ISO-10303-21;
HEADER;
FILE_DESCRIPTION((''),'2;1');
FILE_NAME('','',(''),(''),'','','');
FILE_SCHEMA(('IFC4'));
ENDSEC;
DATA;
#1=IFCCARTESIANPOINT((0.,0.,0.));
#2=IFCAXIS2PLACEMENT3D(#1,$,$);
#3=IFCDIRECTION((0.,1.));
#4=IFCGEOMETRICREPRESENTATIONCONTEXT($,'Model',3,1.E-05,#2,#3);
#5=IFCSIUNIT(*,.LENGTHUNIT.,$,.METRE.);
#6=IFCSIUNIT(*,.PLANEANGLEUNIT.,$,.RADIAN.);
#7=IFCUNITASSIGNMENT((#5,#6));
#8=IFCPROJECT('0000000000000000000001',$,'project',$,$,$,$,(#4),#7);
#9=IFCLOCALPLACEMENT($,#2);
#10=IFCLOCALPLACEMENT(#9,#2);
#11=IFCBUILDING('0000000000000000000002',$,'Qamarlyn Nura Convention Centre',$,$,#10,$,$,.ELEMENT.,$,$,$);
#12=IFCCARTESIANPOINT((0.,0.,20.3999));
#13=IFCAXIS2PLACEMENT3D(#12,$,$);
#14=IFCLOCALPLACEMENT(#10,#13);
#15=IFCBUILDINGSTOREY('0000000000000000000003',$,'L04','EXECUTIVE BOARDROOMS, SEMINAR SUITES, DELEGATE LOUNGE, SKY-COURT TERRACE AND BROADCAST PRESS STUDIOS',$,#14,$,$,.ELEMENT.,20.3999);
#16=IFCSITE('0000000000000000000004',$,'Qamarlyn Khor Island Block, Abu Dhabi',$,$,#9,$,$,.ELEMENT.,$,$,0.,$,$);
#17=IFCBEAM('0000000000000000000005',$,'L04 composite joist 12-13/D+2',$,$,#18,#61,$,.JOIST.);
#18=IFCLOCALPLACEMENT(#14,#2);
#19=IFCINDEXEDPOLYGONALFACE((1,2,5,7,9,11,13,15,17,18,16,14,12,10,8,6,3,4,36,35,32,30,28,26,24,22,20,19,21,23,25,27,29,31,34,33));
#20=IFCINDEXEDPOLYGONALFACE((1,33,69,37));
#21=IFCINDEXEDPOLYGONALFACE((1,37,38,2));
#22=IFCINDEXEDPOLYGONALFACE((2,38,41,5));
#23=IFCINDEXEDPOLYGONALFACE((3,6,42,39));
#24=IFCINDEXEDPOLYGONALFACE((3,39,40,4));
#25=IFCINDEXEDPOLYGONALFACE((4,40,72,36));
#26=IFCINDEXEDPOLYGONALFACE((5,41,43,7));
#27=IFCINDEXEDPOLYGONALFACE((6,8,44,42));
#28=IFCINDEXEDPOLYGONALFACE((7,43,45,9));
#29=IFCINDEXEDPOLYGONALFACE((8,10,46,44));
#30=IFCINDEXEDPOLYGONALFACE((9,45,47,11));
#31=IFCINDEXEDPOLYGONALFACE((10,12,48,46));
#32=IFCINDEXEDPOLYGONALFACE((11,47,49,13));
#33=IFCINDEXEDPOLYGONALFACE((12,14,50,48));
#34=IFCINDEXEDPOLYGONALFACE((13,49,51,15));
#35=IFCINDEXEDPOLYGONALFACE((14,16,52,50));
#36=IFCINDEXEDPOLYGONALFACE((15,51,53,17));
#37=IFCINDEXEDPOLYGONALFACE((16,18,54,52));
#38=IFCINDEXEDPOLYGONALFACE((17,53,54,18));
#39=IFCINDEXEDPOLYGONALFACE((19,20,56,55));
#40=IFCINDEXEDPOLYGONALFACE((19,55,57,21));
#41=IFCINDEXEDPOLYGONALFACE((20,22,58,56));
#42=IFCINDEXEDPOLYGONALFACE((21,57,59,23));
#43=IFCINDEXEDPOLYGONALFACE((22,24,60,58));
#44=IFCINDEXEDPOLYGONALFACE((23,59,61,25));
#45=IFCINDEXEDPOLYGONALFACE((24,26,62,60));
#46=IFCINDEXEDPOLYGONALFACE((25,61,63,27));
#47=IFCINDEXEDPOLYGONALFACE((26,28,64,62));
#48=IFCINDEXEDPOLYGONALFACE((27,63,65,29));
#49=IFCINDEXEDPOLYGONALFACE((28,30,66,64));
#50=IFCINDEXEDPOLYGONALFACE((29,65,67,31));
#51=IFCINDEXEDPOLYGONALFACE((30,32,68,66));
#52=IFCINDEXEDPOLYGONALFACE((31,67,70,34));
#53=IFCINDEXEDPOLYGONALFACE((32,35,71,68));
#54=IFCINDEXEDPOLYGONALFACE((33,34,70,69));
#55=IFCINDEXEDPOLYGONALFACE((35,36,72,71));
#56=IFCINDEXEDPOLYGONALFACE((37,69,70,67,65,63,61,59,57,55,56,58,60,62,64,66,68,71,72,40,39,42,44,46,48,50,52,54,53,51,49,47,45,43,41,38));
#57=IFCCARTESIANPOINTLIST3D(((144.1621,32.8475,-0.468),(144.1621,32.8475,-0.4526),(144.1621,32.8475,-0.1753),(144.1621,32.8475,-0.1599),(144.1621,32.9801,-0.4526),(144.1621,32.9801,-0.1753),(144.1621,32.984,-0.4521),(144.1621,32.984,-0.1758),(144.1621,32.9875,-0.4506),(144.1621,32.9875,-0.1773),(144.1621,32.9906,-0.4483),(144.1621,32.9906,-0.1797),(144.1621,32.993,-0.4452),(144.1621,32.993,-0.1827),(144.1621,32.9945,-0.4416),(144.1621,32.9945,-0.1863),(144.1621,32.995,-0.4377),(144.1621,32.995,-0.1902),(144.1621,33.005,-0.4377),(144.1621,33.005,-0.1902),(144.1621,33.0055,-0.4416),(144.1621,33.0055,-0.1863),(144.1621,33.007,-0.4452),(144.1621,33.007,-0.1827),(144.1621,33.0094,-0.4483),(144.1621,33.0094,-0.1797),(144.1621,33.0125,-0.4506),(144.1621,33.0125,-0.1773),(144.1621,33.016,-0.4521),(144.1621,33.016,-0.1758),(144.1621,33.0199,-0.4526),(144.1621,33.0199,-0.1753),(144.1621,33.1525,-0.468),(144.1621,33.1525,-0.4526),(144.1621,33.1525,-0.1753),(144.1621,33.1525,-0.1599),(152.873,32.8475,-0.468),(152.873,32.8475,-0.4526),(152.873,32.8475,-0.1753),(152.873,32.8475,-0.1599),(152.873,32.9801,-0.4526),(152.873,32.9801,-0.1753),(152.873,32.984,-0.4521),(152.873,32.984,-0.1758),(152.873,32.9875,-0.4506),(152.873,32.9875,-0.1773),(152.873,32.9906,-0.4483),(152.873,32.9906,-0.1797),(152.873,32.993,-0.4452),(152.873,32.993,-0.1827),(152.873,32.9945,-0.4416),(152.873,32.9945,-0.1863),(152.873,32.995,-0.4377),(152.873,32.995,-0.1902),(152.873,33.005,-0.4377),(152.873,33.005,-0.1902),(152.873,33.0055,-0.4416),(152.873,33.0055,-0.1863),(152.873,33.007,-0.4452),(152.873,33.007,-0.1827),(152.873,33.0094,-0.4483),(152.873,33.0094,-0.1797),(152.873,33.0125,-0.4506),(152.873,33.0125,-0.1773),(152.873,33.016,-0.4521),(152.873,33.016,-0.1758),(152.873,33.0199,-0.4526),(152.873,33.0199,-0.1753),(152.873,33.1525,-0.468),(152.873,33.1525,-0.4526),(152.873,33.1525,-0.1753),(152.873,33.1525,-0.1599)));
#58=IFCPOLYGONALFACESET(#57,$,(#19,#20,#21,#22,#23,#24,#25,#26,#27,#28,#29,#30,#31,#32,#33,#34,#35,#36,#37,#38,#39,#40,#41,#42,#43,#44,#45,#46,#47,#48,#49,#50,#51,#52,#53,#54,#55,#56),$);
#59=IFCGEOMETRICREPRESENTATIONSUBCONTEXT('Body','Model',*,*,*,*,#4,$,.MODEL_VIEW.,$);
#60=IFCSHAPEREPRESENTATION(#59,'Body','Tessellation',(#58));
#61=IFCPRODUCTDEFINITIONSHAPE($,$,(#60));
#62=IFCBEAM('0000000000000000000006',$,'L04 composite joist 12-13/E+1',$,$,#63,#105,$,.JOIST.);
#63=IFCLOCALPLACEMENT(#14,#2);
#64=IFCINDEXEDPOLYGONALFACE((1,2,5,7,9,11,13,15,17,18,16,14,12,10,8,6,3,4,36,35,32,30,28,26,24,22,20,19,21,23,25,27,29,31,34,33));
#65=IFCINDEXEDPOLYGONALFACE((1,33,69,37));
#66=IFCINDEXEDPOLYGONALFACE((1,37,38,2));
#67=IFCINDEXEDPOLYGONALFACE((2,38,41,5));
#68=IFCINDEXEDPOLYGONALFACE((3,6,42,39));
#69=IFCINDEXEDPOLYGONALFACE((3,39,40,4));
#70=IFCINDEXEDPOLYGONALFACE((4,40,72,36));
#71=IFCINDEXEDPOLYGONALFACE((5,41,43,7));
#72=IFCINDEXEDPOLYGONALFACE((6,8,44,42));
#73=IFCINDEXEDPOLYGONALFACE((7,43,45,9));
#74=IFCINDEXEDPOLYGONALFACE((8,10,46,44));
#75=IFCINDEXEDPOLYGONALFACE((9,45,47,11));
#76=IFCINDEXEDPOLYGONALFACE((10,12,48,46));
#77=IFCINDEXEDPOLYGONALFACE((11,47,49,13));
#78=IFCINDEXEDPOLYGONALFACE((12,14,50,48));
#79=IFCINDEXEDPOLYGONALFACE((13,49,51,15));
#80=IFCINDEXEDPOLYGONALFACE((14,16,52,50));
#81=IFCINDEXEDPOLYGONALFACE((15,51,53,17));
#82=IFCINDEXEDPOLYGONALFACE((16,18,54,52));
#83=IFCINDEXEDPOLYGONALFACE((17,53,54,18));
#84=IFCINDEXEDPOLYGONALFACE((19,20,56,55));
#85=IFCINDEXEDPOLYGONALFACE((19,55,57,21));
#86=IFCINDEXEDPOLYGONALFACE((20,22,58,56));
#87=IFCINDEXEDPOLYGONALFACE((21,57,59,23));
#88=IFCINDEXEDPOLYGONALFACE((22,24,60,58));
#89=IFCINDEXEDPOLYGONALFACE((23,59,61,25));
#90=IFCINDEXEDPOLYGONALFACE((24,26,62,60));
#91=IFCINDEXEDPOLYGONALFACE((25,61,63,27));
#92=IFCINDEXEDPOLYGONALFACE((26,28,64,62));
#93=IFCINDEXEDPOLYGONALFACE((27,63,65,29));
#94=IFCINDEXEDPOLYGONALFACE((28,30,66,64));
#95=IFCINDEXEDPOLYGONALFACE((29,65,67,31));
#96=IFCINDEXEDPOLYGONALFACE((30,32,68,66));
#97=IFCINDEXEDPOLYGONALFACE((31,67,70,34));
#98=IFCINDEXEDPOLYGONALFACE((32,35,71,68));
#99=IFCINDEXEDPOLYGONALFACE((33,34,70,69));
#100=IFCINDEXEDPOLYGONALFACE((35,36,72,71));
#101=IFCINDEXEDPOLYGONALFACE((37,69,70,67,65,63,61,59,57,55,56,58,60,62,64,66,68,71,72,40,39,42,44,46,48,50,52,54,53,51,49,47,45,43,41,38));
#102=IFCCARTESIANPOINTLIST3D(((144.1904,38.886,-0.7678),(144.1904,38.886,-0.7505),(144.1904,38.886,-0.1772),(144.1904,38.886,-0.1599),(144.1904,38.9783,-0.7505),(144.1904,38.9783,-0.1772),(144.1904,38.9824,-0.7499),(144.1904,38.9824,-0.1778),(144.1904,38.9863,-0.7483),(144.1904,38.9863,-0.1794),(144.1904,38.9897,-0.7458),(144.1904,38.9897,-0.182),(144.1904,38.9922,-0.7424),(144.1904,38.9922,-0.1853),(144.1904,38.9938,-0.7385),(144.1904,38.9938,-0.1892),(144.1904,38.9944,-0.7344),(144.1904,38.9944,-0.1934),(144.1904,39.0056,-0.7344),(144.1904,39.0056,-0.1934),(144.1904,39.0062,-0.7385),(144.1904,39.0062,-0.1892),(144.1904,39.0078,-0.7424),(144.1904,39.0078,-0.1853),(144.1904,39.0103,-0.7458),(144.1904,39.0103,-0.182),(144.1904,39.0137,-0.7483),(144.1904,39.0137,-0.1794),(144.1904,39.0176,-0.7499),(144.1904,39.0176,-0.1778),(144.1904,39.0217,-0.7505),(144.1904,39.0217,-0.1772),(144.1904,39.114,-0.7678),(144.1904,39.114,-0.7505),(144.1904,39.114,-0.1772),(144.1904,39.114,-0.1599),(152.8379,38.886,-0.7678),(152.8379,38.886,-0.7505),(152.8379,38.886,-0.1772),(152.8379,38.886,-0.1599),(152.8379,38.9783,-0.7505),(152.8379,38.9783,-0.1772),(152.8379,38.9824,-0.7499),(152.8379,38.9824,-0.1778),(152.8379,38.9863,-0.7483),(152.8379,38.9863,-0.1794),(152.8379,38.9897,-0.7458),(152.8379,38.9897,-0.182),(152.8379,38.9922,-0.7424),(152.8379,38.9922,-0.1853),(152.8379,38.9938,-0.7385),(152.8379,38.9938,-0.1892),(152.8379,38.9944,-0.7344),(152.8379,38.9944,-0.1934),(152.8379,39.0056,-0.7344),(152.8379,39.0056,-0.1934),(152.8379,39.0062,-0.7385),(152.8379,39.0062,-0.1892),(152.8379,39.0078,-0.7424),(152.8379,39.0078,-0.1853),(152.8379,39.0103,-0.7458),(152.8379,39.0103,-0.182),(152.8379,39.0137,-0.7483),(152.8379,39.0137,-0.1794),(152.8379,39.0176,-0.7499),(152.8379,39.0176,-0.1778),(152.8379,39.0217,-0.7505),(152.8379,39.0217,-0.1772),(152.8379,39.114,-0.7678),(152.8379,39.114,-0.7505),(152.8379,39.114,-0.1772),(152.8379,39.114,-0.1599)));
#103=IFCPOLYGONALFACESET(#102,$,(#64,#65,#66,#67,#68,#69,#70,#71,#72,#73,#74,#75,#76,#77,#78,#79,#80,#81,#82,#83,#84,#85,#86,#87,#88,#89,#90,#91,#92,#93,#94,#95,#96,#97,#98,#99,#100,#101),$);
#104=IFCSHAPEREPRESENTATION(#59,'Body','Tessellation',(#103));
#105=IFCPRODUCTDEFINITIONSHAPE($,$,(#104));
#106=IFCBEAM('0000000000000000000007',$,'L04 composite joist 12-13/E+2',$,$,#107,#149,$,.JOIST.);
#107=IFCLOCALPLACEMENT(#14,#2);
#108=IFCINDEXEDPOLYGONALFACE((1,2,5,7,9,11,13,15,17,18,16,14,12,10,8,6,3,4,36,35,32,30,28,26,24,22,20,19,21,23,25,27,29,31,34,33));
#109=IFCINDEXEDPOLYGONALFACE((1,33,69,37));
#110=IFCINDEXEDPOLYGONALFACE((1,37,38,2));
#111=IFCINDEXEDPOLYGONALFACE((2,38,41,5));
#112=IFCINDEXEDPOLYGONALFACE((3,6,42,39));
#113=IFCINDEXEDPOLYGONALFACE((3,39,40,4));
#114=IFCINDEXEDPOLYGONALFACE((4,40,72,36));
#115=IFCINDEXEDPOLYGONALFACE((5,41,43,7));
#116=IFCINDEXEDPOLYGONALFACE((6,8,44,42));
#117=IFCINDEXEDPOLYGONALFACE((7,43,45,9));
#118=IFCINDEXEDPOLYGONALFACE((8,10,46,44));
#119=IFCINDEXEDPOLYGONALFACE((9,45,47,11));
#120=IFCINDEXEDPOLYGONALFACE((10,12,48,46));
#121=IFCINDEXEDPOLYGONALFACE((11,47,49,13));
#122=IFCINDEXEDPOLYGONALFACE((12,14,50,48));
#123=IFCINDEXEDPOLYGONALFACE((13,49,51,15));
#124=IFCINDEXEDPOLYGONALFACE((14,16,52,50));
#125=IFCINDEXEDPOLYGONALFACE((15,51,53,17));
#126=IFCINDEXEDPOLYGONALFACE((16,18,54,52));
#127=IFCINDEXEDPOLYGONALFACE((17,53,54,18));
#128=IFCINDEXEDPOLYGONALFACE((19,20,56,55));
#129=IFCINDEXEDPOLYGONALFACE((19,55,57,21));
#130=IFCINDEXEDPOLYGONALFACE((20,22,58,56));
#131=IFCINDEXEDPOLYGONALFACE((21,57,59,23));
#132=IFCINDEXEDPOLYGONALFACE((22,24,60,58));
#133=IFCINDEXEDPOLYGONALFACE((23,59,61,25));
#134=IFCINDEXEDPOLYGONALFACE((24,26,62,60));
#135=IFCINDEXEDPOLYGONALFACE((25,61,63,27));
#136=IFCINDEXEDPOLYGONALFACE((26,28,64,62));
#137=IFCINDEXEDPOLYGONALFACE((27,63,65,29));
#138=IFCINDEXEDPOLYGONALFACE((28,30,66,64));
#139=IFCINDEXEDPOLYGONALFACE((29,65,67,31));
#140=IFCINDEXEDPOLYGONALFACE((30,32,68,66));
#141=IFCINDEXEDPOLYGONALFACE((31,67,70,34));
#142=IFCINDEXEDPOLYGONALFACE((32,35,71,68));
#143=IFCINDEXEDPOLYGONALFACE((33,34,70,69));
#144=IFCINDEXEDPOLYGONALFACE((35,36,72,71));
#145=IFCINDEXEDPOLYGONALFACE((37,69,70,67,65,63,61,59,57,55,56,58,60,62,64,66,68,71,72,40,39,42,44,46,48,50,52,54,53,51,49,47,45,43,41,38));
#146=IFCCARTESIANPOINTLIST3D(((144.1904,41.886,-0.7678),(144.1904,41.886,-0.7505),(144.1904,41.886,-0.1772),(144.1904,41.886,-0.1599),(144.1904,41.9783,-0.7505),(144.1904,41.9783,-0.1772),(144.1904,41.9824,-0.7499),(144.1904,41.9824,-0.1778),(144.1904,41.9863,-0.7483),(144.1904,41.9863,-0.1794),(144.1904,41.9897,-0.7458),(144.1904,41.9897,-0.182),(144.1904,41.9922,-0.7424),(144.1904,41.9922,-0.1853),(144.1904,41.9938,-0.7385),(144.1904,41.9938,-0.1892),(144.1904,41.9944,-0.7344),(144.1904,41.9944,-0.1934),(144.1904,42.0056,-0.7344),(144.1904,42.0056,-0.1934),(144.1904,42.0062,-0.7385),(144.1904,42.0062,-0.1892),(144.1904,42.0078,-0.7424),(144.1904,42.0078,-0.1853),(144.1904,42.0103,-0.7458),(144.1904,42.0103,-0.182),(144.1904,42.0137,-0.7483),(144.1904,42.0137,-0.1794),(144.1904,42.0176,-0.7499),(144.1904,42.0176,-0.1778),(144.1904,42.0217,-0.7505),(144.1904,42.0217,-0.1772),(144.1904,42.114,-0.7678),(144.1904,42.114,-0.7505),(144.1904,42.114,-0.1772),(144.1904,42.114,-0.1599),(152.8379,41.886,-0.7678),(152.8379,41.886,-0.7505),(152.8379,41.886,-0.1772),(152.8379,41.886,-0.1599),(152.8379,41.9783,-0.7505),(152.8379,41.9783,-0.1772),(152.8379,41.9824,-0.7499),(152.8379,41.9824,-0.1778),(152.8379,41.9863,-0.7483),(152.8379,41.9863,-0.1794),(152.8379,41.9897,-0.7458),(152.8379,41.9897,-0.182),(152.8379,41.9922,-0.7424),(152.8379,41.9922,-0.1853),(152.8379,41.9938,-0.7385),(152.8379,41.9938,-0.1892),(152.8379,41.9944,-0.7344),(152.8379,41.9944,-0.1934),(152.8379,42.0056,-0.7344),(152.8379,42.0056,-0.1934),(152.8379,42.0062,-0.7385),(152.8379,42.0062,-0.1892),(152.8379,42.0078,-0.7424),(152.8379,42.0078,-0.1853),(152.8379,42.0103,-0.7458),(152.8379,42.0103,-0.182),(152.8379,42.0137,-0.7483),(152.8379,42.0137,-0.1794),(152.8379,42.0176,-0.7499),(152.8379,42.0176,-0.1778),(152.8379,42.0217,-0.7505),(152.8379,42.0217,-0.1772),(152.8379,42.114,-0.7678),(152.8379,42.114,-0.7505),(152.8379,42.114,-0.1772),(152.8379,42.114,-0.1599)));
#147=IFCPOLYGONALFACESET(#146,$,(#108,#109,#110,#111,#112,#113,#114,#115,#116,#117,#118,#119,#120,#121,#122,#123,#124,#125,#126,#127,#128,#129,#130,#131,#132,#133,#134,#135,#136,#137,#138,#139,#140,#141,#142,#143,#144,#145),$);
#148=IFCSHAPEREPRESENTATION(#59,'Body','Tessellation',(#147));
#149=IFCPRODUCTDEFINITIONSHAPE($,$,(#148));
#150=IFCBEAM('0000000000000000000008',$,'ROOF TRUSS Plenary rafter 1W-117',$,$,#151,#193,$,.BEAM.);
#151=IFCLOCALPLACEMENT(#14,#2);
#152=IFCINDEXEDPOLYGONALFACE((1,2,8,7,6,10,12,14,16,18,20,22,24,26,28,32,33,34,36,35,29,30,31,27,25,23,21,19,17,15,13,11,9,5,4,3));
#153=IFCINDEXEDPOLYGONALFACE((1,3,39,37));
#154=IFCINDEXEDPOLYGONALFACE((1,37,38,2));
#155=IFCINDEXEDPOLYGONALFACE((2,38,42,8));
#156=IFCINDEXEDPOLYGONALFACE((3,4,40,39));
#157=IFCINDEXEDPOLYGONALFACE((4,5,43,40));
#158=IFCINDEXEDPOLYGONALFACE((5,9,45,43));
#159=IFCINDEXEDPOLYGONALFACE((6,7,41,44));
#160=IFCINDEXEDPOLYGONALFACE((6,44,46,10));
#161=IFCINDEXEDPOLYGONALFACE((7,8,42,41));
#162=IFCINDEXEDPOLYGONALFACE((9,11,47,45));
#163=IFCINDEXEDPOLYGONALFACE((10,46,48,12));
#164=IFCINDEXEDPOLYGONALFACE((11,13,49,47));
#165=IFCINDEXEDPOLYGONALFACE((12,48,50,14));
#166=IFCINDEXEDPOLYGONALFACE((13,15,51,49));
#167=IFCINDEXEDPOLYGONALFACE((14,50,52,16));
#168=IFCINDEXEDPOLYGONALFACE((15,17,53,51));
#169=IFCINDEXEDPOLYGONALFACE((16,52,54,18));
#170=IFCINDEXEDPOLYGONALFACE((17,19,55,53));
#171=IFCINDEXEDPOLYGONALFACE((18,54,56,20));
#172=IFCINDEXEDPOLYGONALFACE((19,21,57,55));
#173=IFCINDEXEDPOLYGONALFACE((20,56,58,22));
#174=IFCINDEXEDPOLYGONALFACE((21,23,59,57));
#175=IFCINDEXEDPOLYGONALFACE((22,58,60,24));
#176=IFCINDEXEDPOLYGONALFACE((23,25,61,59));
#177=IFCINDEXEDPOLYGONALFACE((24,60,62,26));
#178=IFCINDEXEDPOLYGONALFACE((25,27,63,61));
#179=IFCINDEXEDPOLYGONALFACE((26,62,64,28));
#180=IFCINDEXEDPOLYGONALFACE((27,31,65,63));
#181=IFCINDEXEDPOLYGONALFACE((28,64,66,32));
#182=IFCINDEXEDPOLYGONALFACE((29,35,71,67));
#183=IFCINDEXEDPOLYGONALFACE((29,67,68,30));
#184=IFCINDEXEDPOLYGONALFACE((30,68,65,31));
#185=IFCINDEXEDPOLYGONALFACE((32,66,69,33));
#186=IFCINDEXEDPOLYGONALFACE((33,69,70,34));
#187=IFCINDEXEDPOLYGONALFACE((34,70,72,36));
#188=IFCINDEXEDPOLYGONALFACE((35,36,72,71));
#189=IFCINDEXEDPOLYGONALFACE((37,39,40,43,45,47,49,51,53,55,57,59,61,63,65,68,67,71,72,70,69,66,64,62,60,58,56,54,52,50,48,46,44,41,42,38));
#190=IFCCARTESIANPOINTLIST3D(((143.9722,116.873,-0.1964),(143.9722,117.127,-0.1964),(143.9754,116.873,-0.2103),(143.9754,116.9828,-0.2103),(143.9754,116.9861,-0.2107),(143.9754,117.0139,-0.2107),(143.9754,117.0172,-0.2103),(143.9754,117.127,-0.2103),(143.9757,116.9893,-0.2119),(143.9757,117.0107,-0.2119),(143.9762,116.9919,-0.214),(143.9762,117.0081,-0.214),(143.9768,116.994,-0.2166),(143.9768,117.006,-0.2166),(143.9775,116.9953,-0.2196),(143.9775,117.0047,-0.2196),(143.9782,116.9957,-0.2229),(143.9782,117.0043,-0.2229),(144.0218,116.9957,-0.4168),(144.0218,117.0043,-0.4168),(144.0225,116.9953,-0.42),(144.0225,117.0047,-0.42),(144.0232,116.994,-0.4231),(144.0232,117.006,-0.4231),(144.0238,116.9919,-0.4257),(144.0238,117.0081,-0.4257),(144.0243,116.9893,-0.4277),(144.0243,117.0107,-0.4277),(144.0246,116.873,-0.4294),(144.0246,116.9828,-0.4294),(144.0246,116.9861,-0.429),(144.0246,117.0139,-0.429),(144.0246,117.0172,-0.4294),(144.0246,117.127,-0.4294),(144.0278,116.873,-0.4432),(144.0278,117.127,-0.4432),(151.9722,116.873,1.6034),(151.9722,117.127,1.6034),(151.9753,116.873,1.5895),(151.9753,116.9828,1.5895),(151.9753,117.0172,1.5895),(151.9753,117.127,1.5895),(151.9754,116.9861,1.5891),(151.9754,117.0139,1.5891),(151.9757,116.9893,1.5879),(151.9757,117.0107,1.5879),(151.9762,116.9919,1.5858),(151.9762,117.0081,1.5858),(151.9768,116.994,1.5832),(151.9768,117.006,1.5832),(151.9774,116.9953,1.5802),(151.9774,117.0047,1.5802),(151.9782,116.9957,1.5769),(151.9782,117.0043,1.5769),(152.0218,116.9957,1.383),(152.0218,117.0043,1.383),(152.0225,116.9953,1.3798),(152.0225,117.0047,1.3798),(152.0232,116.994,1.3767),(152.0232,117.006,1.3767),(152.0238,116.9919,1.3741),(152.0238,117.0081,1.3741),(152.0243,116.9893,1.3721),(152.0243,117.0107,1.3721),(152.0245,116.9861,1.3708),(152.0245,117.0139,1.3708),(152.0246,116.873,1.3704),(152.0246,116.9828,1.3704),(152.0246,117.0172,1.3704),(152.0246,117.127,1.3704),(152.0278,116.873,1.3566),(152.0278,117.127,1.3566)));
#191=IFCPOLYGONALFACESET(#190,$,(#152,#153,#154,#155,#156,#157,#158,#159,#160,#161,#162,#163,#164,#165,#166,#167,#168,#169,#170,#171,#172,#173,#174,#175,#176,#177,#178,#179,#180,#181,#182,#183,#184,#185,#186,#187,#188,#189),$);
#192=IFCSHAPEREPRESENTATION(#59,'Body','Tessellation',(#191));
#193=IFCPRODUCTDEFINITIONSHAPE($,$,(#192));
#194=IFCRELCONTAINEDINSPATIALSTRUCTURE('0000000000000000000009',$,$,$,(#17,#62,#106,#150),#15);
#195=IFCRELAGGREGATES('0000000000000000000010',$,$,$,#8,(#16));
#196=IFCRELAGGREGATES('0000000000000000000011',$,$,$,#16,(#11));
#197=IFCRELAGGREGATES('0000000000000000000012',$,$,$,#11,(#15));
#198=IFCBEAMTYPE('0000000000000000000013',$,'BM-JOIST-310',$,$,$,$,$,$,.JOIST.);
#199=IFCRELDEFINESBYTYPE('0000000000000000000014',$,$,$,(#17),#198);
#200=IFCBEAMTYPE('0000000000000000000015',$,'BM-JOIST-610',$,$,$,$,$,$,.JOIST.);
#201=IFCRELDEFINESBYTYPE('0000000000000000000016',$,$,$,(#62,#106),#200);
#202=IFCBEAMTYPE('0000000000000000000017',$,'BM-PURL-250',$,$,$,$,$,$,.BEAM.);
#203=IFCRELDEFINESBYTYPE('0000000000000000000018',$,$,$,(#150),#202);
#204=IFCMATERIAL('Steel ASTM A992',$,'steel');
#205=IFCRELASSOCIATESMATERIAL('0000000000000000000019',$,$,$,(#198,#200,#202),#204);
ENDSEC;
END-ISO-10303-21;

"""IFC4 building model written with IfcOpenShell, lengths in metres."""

from ifc_helpers import new_model, si_unit, direction, frame, origin, origin_2d, place, context, subcontext, project, spatial, i_section, extrude, material, material_profile, profile_set, type_object, element, save


model = new_model("IFC4")

# Units and contexts
model_context = context("Model", 3, precision=1e-05, world=origin(), true_north=direction((0.0, 1.0)))
body_context = subcontext(model_context, "Body", "Model", "MODEL_VIEW")
ifc_project = project(units=[si_unit("LENGTHUNIT", "METRE"), si_unit("PLANEANGLEUNIT", "RADIAN")], contexts=[model_context])

# Site, building, storey
site_placement = place(None, origin())
site = spatial("IfcSite", under=ifc_project, at=site_placement, Name="Qamarlyn Khor Island Block, Abu Dhabi", CompositionType="ELEMENT", RefElevation=0.0)
building_placement = place(site_placement, origin())
building = spatial("IfcBuilding", under=site, at=building_placement, Name="Qamarlyn Nura Convention Centre", CompositionType="ELEMENT")
storey_placement = place(building_placement, frame((0.0, 0.0, 20.3999)))
storey = spatial("IfcBuildingStorey", under=building, at=storey_placement, Name="L04", Description="EXECUTIVE BOARDROOMS, SEMINAR SUITES, DELEGATE LOUNGE, SKY-COURT TERRACE AND BROADCAST PRESS STUDIOS", CompositionType="ELEMENT", Elevation=20.3999)

# Beams
ifc_material_1 = material(Name="Steel ASTM A992", Category="steel")
ifc_material_profile_1 = material_profile(ifc_material_1, i_section(OverallWidth=0.3049, OverallDepth=0.3081, WebThickness=0.01, FlangeThickness=0.0154, FilletRadius=0.0149, at=origin_2d()), Name="W310X97")
ifc_profile_set_1 = profile_set([ifc_material_profile_1], Name="Steel ASTM A992")
beam_type_1 = type_object("IfcBeamType", Name="BM-JOIST-310", PredefinedType="JOIST", material=ifc_profile_set_1)
for number, where, z_axis, x_axis, name in (
    (1, (144.1621, 33.0, -0.314), (1.0, 0.0, 0.0), (0.0, 1.0, 0.0), "L04 composite joist 12-13/D+2"),
):
    element("IfcBeam", number, at=place(storey_placement, frame(where, z_axis=z_axis, x_axis=x_axis)), inside=storey, type_object=beam_type_1, Name=name, PredefinedType="JOIST", context=body_context, shape_type="SweptSolid", body=[
        extrude(i_section(OverallWidth=0.3049, OverallDepth=0.3081, WebThickness=0.01, FlangeThickness=0.0154, FilletRadius=0.0149, at=origin_2d()), origin(), (0.0, 0.0, 1.0), 8.7109),
    ])
ifc_material_profile_2 = material_profile(ifc_material_1, i_section(OverallWidth=0.228, OverallDepth=0.6079, WebThickness=0.0112, FlangeThickness=0.0173, FilletRadius=0.0161, at=origin_2d()), Name="W610X113")
ifc_profile_set_2 = profile_set([ifc_material_profile_2], Name="Steel ASTM A992")
beam_type_2 = type_object("IfcBeamType", Name="BM-JOIST-610", PredefinedType="JOIST", material=ifc_profile_set_2)
for number, where, z_axis, x_axis, name in (
    (2, (144.1904, 39.0, -0.4639), (1.0, 0.0, 0.0), (0.0, 1.0, 0.0), "L04 composite joist 12-13/E+1"),
    (3, (144.1904, 42.0, -0.4639), (1.0, 0.0, 0.0), (0.0, 1.0, 0.0), "L04 composite joist 12-13/E+2"),
):
    element("IfcBeam", number, at=place(storey_placement, frame(where, z_axis=z_axis, x_axis=x_axis)), inside=storey, type_object=beam_type_2, Name=name, PredefinedType="JOIST", context=body_context, shape_type="SweptSolid", body=[
        extrude(i_section(OverallWidth=0.228, OverallDepth=0.6079, WebThickness=0.0112, FlangeThickness=0.0173, FilletRadius=0.0161, at=origin_2d()), origin(), (0.0, 0.0, 1.0), 8.6475),
    ])
ifc_material_profile_3 = material_profile(ifc_material_1, i_section(OverallWidth=0.2539, OverallDepth=0.2529, WebThickness=0.0085, FlangeThickness=0.0142, FilletRadius=0.0129, at=origin_2d()), Name="W250X73")
ifc_profile_set_3 = profile_set([ifc_material_profile_3], Name="Steel ASTM A992")
beam_type_3 = type_object("IfcBeamType", Name="BM-PURL-250", PredefinedType="BEAM", material=ifc_profile_set_3)
for number, where, z_axis, x_axis, name in (
    (4, (144.0, 117.0, -0.3198), (0.975615, 0.0, 0.21949), (0.0, 1.0, 0.0), "ROOF TRUSS Plenary rafter 1W-117"),
):
    element("IfcBeam", number, at=place(storey_placement, frame(where, z_axis=z_axis, x_axis=x_axis)), inside=storey, type_object=beam_type_3, Name=name, PredefinedType="BEAM", context=body_context, shape_type="SweptSolid", body=[
        extrude(i_section(OverallWidth=0.2539, OverallDepth=0.2529, WebThickness=0.0085, FlangeThickness=0.0142, FilletRadius=0.0129, at=origin_2d()), origin(), (0.0, 0.0, 1.0), 8.2),
    ])

save(model, "model.ifc")
